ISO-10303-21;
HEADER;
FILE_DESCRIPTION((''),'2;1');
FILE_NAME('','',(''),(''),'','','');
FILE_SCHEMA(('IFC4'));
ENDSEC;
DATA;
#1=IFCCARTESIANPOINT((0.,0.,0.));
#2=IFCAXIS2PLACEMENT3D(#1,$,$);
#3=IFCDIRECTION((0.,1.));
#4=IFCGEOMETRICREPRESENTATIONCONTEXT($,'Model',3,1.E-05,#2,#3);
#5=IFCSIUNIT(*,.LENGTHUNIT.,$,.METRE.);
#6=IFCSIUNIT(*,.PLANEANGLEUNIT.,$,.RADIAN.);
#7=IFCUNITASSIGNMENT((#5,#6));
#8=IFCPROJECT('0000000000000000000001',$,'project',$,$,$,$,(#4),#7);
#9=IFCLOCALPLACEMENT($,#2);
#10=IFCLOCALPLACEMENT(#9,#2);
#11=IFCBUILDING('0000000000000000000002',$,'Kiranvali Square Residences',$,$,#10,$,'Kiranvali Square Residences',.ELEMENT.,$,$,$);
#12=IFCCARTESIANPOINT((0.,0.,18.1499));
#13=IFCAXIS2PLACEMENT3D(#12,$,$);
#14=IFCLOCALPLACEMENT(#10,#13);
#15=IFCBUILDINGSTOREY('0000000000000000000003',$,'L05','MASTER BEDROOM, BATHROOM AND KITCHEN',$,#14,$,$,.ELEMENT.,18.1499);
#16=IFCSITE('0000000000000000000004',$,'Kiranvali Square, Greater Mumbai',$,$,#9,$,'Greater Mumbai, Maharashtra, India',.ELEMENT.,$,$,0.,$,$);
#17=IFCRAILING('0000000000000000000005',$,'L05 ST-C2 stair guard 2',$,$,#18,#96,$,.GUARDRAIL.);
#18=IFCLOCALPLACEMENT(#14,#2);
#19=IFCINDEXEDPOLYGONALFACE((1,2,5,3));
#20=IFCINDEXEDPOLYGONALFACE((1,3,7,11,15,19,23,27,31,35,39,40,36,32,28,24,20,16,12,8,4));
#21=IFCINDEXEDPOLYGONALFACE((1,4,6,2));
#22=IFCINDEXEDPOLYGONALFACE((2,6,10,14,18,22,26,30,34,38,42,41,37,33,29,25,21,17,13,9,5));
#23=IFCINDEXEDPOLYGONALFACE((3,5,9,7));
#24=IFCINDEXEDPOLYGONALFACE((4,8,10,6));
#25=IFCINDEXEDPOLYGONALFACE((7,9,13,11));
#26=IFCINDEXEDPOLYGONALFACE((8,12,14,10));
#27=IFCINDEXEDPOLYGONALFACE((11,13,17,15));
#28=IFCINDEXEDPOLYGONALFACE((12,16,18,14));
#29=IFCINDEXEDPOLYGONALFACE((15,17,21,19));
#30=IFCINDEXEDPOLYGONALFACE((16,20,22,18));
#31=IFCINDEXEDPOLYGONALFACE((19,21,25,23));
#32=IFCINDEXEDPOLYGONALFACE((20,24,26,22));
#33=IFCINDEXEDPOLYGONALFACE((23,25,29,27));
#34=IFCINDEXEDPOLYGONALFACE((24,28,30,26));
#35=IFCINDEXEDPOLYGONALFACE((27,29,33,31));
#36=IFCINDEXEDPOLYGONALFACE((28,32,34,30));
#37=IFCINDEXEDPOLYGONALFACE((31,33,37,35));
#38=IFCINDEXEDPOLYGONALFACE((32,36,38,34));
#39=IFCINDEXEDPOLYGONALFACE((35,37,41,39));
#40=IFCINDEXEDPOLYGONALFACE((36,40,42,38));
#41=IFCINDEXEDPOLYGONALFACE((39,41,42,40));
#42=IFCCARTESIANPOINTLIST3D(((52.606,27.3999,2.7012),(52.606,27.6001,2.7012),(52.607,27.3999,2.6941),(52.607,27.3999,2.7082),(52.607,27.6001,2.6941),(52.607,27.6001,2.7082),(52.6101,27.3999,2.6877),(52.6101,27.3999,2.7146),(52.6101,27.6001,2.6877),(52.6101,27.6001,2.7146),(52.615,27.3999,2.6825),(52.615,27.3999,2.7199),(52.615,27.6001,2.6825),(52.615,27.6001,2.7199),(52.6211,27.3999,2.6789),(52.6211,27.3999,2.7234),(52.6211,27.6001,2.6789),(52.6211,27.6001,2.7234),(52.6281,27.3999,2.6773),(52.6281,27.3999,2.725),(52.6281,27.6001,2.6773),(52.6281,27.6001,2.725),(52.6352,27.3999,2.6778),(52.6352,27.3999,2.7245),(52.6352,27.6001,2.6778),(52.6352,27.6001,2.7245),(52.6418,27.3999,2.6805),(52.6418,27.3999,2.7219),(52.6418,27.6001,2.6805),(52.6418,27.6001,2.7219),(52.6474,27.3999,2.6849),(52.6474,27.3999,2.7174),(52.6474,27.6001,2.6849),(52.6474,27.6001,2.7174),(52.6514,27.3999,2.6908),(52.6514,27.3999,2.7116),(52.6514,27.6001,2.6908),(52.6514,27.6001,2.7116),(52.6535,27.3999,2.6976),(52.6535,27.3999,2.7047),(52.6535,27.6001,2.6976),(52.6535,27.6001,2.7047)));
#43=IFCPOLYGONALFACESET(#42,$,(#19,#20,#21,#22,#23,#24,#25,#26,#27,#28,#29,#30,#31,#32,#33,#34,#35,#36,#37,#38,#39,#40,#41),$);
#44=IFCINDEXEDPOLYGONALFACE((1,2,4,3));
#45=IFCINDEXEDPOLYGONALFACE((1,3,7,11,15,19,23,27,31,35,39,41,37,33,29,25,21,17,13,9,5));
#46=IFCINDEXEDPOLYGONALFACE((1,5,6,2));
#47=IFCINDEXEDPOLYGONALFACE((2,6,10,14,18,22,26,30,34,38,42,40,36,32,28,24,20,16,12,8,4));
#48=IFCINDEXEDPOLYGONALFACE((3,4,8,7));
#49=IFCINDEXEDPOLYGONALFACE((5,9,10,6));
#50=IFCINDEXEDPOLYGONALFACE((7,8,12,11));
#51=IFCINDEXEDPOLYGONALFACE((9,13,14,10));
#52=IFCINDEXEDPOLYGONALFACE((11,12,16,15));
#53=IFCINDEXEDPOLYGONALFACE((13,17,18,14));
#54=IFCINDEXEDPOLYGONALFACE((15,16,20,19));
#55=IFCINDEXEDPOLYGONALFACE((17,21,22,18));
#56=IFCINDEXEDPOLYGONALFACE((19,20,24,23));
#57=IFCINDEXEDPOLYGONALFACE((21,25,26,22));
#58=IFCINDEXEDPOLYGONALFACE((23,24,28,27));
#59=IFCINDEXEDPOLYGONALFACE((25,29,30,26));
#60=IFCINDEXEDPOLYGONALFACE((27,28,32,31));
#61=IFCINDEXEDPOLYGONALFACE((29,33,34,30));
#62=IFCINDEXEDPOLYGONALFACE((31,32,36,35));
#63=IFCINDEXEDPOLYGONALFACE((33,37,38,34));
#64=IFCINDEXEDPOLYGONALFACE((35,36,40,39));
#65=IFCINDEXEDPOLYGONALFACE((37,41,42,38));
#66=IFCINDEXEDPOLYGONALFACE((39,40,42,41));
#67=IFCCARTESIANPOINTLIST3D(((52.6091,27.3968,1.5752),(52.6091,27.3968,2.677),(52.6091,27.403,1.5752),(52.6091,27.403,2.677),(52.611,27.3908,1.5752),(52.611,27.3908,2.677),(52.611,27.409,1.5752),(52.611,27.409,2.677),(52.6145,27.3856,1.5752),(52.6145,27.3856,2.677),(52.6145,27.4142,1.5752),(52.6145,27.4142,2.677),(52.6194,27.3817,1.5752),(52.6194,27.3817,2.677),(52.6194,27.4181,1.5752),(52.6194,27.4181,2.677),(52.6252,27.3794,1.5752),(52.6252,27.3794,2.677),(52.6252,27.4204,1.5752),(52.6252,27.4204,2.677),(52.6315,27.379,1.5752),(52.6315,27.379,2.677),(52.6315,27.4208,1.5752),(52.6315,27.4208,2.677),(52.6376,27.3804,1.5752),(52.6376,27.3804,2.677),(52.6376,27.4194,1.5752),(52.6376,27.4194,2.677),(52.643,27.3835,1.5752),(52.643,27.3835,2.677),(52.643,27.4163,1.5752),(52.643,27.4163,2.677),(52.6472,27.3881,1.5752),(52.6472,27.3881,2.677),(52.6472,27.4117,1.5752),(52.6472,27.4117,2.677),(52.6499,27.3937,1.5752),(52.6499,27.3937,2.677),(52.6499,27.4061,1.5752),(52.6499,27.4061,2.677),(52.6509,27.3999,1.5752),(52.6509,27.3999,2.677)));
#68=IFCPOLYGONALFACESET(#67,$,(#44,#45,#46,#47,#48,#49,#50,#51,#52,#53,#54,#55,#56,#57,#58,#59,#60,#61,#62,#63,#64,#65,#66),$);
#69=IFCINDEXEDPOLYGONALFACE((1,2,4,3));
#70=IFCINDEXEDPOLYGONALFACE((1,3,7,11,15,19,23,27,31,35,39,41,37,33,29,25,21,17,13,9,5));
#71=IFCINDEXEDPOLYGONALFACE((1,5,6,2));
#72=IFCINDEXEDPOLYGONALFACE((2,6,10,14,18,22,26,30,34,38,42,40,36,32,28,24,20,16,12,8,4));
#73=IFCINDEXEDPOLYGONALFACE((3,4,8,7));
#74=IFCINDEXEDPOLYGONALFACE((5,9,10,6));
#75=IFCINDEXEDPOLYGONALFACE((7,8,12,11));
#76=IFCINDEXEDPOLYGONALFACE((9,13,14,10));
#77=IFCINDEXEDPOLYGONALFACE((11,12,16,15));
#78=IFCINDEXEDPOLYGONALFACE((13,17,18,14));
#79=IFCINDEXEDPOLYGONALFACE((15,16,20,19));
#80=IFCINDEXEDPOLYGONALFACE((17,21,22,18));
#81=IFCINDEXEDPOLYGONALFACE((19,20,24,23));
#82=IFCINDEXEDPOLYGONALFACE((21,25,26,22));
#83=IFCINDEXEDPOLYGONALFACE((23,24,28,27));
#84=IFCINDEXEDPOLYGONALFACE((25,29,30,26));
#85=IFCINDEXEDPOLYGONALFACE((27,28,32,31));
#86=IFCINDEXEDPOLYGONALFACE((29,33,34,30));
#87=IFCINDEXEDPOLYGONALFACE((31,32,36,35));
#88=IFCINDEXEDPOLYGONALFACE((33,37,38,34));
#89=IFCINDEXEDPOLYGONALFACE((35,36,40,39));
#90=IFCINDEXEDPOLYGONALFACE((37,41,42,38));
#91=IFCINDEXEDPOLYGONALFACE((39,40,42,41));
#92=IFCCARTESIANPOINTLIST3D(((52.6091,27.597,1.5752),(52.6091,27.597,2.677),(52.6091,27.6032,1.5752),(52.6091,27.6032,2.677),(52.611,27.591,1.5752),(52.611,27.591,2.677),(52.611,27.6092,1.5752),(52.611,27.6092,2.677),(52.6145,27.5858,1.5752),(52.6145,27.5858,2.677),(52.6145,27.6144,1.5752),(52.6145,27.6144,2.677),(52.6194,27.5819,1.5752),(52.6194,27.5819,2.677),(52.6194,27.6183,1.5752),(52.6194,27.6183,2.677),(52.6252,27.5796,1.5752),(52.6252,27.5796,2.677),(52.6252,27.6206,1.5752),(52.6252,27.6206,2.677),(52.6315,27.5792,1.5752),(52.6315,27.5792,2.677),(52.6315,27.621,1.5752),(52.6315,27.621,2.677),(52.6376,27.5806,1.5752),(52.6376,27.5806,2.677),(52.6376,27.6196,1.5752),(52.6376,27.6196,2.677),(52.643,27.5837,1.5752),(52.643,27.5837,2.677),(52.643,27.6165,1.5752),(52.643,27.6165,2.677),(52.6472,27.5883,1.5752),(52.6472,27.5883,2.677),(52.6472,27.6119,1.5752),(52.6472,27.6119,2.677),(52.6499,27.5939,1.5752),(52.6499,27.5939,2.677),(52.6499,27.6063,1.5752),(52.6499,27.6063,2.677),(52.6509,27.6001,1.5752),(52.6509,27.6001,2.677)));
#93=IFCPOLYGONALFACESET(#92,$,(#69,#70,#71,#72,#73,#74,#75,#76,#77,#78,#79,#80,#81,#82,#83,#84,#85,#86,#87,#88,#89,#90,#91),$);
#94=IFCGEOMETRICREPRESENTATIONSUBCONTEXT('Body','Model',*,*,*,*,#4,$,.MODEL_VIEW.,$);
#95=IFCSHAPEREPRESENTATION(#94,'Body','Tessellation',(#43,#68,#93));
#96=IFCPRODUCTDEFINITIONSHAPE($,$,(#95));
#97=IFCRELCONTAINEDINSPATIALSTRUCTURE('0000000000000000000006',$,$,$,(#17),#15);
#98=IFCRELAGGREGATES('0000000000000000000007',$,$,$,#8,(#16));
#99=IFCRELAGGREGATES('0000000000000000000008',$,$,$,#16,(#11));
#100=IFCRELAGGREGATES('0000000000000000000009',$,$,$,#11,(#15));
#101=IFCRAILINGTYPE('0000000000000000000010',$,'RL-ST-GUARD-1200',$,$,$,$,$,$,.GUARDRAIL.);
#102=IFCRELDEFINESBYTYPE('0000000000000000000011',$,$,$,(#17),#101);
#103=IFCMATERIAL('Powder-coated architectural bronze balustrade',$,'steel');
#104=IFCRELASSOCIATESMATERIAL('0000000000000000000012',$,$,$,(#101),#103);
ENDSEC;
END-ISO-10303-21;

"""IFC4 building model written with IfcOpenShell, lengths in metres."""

from ifc_helpers import new_model, si_unit, direction, frame, origin, origin_2d, place, context, subcontext, project, spatial, circle, extrude, material, type_object, element, save


model = new_model("IFC4")

# Units and contexts
model_context = context("Model", 3, precision=1e-05, world=origin(), true_north=direction((0.0, 1.0)))
body_context = subcontext(model_context, "Body", "Model", "MODEL_VIEW")
ifc_project = project(units=[si_unit("LENGTHUNIT", "METRE"), si_unit("PLANEANGLEUNIT", "RADIAN")], contexts=[model_context])

# Site, building, storey
site_placement = place(None, origin())
site = spatial("IfcSite", under=ifc_project, at=site_placement, Name="Kiranvali Square, Greater Mumbai", LongName="Greater Mumbai, Maharashtra, India", CompositionType="ELEMENT", RefElevation=0.0)
building_placement = place(site_placement, origin())
building = spatial("IfcBuilding", under=site, at=building_placement, Name="Kiranvali Square Residences", LongName="Kiranvali Square Residences", CompositionType="ELEMENT")
storey_placement = place(building_placement, frame((0.0, 0.0, 18.1499)))
storey = spatial("IfcBuildingStorey", under=building, at=storey_placement, Name="L05", Description="MASTER BEDROOM, BATHROOM AND KITCHEN", CompositionType="ELEMENT", Elevation=18.1499)

# Railing
ifc_material_1 = material(Name="Powder-coated architectural bronze balustrade", Category="steel")
railing_type_1 = type_object("IfcRailingType", Name="RL-ST-GUARD-1200", PredefinedType="GUARDRAIL", material=ifc_material_1)
railing_1_placement = place(storey_placement, frame((52.6299, 27.3999, 1.5752)))
element("IfcRailing", 1, at=railing_1_placement, inside=storey, type_object=railing_type_1, Name="L05 ST-C2 stair guard 2", PredefinedType="GUARDRAIL", context=body_context, shape_type="SweptSolid", body=[
    extrude(circle(Radius=0.0239, at=origin_2d()), frame((0.0, 0.0, 1.126), z_axis=(0.0, 1.0, 0.0), x_axis=(-1.0, 0.0, 0.0)), (0.0, 0.0, 1.0), 0.2002),
    extrude(circle(Radius=0.021, at=origin_2d()), origin(), (0.0, 0.0, 1.0), 1.1018),
    extrude(circle(Radius=0.021, at=origin_2d()), frame((0.0, 0.2002, 0.0)), (0.0, 0.0, 1.0), 1.1018),
])

save(model, "model.ifc")
